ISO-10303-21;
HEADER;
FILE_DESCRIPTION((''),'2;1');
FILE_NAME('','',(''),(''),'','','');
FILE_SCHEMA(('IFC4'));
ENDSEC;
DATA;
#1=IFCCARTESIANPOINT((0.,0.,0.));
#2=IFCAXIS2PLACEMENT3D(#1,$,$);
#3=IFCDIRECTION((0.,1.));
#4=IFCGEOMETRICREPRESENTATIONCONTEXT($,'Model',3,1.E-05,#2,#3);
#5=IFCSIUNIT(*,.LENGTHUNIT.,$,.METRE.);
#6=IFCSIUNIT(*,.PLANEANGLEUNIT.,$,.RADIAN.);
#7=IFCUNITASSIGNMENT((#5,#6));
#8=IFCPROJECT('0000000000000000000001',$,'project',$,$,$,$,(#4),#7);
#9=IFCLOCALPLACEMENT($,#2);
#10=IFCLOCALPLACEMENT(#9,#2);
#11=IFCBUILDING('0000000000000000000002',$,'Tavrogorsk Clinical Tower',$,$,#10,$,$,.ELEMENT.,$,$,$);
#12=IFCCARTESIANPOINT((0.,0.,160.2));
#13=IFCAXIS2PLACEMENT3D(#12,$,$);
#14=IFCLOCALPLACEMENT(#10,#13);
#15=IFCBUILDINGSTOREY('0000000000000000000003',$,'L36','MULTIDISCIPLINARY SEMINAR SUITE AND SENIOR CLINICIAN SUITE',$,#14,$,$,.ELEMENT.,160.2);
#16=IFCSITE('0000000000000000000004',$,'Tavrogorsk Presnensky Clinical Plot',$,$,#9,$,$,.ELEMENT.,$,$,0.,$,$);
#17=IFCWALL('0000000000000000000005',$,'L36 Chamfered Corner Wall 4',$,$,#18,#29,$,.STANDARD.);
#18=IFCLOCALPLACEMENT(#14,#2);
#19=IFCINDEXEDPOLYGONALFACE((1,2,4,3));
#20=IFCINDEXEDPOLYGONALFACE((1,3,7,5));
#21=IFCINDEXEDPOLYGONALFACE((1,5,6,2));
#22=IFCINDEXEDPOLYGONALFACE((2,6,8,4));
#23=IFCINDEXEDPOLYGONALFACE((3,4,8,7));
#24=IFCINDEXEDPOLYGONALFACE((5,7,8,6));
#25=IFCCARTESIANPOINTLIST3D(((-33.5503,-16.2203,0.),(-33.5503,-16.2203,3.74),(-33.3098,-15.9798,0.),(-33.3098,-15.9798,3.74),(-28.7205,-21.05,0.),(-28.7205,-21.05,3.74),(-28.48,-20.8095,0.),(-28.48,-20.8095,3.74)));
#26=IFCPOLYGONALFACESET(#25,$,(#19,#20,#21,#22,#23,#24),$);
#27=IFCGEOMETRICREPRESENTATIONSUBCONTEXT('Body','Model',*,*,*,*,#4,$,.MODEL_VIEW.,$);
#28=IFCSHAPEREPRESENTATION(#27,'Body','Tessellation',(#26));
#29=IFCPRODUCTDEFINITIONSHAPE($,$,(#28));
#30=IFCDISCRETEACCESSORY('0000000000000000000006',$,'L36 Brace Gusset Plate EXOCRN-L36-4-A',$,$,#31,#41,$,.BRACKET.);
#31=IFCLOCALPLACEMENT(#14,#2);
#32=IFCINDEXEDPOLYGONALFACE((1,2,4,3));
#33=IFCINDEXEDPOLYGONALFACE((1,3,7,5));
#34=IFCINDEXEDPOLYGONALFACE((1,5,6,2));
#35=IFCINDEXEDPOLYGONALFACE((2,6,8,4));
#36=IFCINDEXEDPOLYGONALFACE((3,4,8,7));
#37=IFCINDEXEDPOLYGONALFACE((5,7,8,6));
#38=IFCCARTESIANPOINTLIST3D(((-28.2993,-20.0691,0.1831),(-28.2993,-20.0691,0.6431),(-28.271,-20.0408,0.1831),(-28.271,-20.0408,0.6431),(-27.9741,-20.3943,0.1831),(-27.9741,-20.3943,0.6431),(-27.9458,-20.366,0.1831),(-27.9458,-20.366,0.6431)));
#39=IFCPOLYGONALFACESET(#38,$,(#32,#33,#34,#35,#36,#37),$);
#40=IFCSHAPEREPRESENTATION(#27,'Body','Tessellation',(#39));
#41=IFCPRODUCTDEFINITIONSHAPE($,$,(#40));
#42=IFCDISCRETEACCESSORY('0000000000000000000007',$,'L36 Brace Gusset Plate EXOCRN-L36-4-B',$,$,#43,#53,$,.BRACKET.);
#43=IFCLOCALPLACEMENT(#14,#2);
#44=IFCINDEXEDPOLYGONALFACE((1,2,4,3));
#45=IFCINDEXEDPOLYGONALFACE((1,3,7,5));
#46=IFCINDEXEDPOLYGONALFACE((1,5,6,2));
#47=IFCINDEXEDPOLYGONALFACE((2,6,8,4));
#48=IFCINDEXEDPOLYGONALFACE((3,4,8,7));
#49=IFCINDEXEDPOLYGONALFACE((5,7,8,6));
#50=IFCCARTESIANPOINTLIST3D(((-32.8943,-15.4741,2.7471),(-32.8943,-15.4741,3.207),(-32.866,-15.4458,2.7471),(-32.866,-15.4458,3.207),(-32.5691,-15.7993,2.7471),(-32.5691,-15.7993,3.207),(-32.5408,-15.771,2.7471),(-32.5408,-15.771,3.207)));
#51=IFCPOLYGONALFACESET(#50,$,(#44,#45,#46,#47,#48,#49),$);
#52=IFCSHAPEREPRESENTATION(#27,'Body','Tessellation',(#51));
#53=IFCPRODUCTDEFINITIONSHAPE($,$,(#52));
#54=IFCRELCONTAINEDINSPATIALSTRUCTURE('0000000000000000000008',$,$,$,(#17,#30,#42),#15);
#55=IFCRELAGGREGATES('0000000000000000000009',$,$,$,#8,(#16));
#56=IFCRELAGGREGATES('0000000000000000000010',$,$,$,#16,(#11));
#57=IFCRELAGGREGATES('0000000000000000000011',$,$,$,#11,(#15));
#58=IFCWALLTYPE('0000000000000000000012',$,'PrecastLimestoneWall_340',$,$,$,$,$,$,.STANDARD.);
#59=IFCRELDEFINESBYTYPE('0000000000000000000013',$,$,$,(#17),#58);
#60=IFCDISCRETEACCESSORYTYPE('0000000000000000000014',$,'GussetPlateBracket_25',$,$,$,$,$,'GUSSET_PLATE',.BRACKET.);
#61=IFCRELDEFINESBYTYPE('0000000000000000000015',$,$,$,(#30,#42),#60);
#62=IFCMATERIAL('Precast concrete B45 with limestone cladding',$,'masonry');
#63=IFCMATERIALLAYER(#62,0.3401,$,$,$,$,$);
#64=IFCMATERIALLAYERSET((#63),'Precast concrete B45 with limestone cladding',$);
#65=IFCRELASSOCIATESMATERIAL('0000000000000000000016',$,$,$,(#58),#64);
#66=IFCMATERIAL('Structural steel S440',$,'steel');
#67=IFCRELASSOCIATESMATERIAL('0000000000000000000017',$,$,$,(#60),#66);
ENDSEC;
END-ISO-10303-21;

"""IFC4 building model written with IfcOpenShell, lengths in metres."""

from ifc_helpers import new_model, si_unit, direction, frame, frame_2d, origin, origin_2d, place, context, subcontext, project, spatial, rectangle, extrude, material, layer, layer_set, type_object, element, save


model = new_model("IFC4")

# Units and contexts
model_context = context("Model", 3, precision=1e-05, world=origin(), true_north=direction((0.0, 1.0)))
body_context = subcontext(model_context, "Body", "Model", "MODEL_VIEW")
ifc_project = project(units=[si_unit("LENGTHUNIT", "METRE"), si_unit("PLANEANGLEUNIT", "RADIAN")], contexts=[model_context])

# Site, building, storey
site_placement = place(None, origin())
site = spatial("IfcSite", under=ifc_project, at=site_placement, Name="Tavrogorsk Presnensky Clinical Plot", CompositionType="ELEMENT", RefElevation=0.0)
building_placement = place(site_placement, origin())
building = spatial("IfcBuilding", under=site, at=building_placement, Name="Tavrogorsk Clinical Tower", CompositionType="ELEMENT")
storey_placement = place(building_placement, frame((0.0, 0.0, 160.2)))
storey = spatial("IfcBuildingStorey", under=building, at=storey_placement, Name="L36", Description="MULTIDISCIPLINARY SEMINAR SUITE AND SENIOR CLINICIAN SUITE", CompositionType="ELEMENT", Elevation=160.2)

# Shared definitions
ifc_material_1 = material(Name="Precast concrete B45 with limestone cladding", Category="masonry")
ifc_layer_1 = layer(ifc_material_1, 0.3401)
ifc_layer_set_1 = layer_set([ifc_layer_1], Name="Precast concrete B45 with limestone cladding")
wall_type_1 = type_object("IfcWallType", Name="PrecastLimestoneWall_340", PredefinedType="STANDARD", material=ifc_layer_set_1)

# Wall
wall_1_placement = place(storey_placement, frame((-33.4299, -16.1001, 0.0), z_axis=(0.0, 0.0, 1.0), x_axis=(0.707107, -0.707107, 0.0)))
element("IfcWall", 1, at=wall_1_placement, inside=storey, type_object=wall_type_1, Name="L36 Chamfered Corner Wall 4", PredefinedType="STANDARD", context=body_context, shape_type="SweptSolid", body=[
    extrude(rectangle(XDim=6.8303, YDim=0.3401, at=frame_2d((3.415, 0.0))), origin(), (0.0, 0.0, 1.0), 3.74),
])

# Discrete accessories
ifc_material_2 = material(Name="Structural steel S440", Category="steel")
discrete_accessory_type = type_object("IfcDiscreteAccessoryType", Name="GussetPlateBracket_25", ElementType="GUSSET_PLATE", PredefinedType="BRACKET", material=ifc_material_2)
for number, where, z_axis, x_axis, name in (
    (2, (-28.1226, -20.2175, 0.1831), (0.0, 0.0, 1.0), (-0.707107, 0.707107, 0.0), "L36 Brace Gusset Plate EXOCRN-L36-4-A"),
    (3, (-32.7175, -15.6226, 2.7471), (0.0, 0.0, 1.0), (-0.707107, 0.707107, 0.0), "L36 Brace Gusset Plate EXOCRN-L36-4-B"),
):
    element("IfcDiscreteAccessory", number, at=place(storey_placement, frame(where, z_axis=z_axis, x_axis=x_axis)), inside=storey, type_object=discrete_accessory_type, Name=name, PredefinedType="BRACKET", context=body_context, shape_type="SweptSolid", body=[
        extrude(rectangle(XDim=0.46, YDim=0.04, at=origin_2d()), origin(), (0.0, 0.0, 1.0), 0.46),
    ])

save(model, "model.ifc")
